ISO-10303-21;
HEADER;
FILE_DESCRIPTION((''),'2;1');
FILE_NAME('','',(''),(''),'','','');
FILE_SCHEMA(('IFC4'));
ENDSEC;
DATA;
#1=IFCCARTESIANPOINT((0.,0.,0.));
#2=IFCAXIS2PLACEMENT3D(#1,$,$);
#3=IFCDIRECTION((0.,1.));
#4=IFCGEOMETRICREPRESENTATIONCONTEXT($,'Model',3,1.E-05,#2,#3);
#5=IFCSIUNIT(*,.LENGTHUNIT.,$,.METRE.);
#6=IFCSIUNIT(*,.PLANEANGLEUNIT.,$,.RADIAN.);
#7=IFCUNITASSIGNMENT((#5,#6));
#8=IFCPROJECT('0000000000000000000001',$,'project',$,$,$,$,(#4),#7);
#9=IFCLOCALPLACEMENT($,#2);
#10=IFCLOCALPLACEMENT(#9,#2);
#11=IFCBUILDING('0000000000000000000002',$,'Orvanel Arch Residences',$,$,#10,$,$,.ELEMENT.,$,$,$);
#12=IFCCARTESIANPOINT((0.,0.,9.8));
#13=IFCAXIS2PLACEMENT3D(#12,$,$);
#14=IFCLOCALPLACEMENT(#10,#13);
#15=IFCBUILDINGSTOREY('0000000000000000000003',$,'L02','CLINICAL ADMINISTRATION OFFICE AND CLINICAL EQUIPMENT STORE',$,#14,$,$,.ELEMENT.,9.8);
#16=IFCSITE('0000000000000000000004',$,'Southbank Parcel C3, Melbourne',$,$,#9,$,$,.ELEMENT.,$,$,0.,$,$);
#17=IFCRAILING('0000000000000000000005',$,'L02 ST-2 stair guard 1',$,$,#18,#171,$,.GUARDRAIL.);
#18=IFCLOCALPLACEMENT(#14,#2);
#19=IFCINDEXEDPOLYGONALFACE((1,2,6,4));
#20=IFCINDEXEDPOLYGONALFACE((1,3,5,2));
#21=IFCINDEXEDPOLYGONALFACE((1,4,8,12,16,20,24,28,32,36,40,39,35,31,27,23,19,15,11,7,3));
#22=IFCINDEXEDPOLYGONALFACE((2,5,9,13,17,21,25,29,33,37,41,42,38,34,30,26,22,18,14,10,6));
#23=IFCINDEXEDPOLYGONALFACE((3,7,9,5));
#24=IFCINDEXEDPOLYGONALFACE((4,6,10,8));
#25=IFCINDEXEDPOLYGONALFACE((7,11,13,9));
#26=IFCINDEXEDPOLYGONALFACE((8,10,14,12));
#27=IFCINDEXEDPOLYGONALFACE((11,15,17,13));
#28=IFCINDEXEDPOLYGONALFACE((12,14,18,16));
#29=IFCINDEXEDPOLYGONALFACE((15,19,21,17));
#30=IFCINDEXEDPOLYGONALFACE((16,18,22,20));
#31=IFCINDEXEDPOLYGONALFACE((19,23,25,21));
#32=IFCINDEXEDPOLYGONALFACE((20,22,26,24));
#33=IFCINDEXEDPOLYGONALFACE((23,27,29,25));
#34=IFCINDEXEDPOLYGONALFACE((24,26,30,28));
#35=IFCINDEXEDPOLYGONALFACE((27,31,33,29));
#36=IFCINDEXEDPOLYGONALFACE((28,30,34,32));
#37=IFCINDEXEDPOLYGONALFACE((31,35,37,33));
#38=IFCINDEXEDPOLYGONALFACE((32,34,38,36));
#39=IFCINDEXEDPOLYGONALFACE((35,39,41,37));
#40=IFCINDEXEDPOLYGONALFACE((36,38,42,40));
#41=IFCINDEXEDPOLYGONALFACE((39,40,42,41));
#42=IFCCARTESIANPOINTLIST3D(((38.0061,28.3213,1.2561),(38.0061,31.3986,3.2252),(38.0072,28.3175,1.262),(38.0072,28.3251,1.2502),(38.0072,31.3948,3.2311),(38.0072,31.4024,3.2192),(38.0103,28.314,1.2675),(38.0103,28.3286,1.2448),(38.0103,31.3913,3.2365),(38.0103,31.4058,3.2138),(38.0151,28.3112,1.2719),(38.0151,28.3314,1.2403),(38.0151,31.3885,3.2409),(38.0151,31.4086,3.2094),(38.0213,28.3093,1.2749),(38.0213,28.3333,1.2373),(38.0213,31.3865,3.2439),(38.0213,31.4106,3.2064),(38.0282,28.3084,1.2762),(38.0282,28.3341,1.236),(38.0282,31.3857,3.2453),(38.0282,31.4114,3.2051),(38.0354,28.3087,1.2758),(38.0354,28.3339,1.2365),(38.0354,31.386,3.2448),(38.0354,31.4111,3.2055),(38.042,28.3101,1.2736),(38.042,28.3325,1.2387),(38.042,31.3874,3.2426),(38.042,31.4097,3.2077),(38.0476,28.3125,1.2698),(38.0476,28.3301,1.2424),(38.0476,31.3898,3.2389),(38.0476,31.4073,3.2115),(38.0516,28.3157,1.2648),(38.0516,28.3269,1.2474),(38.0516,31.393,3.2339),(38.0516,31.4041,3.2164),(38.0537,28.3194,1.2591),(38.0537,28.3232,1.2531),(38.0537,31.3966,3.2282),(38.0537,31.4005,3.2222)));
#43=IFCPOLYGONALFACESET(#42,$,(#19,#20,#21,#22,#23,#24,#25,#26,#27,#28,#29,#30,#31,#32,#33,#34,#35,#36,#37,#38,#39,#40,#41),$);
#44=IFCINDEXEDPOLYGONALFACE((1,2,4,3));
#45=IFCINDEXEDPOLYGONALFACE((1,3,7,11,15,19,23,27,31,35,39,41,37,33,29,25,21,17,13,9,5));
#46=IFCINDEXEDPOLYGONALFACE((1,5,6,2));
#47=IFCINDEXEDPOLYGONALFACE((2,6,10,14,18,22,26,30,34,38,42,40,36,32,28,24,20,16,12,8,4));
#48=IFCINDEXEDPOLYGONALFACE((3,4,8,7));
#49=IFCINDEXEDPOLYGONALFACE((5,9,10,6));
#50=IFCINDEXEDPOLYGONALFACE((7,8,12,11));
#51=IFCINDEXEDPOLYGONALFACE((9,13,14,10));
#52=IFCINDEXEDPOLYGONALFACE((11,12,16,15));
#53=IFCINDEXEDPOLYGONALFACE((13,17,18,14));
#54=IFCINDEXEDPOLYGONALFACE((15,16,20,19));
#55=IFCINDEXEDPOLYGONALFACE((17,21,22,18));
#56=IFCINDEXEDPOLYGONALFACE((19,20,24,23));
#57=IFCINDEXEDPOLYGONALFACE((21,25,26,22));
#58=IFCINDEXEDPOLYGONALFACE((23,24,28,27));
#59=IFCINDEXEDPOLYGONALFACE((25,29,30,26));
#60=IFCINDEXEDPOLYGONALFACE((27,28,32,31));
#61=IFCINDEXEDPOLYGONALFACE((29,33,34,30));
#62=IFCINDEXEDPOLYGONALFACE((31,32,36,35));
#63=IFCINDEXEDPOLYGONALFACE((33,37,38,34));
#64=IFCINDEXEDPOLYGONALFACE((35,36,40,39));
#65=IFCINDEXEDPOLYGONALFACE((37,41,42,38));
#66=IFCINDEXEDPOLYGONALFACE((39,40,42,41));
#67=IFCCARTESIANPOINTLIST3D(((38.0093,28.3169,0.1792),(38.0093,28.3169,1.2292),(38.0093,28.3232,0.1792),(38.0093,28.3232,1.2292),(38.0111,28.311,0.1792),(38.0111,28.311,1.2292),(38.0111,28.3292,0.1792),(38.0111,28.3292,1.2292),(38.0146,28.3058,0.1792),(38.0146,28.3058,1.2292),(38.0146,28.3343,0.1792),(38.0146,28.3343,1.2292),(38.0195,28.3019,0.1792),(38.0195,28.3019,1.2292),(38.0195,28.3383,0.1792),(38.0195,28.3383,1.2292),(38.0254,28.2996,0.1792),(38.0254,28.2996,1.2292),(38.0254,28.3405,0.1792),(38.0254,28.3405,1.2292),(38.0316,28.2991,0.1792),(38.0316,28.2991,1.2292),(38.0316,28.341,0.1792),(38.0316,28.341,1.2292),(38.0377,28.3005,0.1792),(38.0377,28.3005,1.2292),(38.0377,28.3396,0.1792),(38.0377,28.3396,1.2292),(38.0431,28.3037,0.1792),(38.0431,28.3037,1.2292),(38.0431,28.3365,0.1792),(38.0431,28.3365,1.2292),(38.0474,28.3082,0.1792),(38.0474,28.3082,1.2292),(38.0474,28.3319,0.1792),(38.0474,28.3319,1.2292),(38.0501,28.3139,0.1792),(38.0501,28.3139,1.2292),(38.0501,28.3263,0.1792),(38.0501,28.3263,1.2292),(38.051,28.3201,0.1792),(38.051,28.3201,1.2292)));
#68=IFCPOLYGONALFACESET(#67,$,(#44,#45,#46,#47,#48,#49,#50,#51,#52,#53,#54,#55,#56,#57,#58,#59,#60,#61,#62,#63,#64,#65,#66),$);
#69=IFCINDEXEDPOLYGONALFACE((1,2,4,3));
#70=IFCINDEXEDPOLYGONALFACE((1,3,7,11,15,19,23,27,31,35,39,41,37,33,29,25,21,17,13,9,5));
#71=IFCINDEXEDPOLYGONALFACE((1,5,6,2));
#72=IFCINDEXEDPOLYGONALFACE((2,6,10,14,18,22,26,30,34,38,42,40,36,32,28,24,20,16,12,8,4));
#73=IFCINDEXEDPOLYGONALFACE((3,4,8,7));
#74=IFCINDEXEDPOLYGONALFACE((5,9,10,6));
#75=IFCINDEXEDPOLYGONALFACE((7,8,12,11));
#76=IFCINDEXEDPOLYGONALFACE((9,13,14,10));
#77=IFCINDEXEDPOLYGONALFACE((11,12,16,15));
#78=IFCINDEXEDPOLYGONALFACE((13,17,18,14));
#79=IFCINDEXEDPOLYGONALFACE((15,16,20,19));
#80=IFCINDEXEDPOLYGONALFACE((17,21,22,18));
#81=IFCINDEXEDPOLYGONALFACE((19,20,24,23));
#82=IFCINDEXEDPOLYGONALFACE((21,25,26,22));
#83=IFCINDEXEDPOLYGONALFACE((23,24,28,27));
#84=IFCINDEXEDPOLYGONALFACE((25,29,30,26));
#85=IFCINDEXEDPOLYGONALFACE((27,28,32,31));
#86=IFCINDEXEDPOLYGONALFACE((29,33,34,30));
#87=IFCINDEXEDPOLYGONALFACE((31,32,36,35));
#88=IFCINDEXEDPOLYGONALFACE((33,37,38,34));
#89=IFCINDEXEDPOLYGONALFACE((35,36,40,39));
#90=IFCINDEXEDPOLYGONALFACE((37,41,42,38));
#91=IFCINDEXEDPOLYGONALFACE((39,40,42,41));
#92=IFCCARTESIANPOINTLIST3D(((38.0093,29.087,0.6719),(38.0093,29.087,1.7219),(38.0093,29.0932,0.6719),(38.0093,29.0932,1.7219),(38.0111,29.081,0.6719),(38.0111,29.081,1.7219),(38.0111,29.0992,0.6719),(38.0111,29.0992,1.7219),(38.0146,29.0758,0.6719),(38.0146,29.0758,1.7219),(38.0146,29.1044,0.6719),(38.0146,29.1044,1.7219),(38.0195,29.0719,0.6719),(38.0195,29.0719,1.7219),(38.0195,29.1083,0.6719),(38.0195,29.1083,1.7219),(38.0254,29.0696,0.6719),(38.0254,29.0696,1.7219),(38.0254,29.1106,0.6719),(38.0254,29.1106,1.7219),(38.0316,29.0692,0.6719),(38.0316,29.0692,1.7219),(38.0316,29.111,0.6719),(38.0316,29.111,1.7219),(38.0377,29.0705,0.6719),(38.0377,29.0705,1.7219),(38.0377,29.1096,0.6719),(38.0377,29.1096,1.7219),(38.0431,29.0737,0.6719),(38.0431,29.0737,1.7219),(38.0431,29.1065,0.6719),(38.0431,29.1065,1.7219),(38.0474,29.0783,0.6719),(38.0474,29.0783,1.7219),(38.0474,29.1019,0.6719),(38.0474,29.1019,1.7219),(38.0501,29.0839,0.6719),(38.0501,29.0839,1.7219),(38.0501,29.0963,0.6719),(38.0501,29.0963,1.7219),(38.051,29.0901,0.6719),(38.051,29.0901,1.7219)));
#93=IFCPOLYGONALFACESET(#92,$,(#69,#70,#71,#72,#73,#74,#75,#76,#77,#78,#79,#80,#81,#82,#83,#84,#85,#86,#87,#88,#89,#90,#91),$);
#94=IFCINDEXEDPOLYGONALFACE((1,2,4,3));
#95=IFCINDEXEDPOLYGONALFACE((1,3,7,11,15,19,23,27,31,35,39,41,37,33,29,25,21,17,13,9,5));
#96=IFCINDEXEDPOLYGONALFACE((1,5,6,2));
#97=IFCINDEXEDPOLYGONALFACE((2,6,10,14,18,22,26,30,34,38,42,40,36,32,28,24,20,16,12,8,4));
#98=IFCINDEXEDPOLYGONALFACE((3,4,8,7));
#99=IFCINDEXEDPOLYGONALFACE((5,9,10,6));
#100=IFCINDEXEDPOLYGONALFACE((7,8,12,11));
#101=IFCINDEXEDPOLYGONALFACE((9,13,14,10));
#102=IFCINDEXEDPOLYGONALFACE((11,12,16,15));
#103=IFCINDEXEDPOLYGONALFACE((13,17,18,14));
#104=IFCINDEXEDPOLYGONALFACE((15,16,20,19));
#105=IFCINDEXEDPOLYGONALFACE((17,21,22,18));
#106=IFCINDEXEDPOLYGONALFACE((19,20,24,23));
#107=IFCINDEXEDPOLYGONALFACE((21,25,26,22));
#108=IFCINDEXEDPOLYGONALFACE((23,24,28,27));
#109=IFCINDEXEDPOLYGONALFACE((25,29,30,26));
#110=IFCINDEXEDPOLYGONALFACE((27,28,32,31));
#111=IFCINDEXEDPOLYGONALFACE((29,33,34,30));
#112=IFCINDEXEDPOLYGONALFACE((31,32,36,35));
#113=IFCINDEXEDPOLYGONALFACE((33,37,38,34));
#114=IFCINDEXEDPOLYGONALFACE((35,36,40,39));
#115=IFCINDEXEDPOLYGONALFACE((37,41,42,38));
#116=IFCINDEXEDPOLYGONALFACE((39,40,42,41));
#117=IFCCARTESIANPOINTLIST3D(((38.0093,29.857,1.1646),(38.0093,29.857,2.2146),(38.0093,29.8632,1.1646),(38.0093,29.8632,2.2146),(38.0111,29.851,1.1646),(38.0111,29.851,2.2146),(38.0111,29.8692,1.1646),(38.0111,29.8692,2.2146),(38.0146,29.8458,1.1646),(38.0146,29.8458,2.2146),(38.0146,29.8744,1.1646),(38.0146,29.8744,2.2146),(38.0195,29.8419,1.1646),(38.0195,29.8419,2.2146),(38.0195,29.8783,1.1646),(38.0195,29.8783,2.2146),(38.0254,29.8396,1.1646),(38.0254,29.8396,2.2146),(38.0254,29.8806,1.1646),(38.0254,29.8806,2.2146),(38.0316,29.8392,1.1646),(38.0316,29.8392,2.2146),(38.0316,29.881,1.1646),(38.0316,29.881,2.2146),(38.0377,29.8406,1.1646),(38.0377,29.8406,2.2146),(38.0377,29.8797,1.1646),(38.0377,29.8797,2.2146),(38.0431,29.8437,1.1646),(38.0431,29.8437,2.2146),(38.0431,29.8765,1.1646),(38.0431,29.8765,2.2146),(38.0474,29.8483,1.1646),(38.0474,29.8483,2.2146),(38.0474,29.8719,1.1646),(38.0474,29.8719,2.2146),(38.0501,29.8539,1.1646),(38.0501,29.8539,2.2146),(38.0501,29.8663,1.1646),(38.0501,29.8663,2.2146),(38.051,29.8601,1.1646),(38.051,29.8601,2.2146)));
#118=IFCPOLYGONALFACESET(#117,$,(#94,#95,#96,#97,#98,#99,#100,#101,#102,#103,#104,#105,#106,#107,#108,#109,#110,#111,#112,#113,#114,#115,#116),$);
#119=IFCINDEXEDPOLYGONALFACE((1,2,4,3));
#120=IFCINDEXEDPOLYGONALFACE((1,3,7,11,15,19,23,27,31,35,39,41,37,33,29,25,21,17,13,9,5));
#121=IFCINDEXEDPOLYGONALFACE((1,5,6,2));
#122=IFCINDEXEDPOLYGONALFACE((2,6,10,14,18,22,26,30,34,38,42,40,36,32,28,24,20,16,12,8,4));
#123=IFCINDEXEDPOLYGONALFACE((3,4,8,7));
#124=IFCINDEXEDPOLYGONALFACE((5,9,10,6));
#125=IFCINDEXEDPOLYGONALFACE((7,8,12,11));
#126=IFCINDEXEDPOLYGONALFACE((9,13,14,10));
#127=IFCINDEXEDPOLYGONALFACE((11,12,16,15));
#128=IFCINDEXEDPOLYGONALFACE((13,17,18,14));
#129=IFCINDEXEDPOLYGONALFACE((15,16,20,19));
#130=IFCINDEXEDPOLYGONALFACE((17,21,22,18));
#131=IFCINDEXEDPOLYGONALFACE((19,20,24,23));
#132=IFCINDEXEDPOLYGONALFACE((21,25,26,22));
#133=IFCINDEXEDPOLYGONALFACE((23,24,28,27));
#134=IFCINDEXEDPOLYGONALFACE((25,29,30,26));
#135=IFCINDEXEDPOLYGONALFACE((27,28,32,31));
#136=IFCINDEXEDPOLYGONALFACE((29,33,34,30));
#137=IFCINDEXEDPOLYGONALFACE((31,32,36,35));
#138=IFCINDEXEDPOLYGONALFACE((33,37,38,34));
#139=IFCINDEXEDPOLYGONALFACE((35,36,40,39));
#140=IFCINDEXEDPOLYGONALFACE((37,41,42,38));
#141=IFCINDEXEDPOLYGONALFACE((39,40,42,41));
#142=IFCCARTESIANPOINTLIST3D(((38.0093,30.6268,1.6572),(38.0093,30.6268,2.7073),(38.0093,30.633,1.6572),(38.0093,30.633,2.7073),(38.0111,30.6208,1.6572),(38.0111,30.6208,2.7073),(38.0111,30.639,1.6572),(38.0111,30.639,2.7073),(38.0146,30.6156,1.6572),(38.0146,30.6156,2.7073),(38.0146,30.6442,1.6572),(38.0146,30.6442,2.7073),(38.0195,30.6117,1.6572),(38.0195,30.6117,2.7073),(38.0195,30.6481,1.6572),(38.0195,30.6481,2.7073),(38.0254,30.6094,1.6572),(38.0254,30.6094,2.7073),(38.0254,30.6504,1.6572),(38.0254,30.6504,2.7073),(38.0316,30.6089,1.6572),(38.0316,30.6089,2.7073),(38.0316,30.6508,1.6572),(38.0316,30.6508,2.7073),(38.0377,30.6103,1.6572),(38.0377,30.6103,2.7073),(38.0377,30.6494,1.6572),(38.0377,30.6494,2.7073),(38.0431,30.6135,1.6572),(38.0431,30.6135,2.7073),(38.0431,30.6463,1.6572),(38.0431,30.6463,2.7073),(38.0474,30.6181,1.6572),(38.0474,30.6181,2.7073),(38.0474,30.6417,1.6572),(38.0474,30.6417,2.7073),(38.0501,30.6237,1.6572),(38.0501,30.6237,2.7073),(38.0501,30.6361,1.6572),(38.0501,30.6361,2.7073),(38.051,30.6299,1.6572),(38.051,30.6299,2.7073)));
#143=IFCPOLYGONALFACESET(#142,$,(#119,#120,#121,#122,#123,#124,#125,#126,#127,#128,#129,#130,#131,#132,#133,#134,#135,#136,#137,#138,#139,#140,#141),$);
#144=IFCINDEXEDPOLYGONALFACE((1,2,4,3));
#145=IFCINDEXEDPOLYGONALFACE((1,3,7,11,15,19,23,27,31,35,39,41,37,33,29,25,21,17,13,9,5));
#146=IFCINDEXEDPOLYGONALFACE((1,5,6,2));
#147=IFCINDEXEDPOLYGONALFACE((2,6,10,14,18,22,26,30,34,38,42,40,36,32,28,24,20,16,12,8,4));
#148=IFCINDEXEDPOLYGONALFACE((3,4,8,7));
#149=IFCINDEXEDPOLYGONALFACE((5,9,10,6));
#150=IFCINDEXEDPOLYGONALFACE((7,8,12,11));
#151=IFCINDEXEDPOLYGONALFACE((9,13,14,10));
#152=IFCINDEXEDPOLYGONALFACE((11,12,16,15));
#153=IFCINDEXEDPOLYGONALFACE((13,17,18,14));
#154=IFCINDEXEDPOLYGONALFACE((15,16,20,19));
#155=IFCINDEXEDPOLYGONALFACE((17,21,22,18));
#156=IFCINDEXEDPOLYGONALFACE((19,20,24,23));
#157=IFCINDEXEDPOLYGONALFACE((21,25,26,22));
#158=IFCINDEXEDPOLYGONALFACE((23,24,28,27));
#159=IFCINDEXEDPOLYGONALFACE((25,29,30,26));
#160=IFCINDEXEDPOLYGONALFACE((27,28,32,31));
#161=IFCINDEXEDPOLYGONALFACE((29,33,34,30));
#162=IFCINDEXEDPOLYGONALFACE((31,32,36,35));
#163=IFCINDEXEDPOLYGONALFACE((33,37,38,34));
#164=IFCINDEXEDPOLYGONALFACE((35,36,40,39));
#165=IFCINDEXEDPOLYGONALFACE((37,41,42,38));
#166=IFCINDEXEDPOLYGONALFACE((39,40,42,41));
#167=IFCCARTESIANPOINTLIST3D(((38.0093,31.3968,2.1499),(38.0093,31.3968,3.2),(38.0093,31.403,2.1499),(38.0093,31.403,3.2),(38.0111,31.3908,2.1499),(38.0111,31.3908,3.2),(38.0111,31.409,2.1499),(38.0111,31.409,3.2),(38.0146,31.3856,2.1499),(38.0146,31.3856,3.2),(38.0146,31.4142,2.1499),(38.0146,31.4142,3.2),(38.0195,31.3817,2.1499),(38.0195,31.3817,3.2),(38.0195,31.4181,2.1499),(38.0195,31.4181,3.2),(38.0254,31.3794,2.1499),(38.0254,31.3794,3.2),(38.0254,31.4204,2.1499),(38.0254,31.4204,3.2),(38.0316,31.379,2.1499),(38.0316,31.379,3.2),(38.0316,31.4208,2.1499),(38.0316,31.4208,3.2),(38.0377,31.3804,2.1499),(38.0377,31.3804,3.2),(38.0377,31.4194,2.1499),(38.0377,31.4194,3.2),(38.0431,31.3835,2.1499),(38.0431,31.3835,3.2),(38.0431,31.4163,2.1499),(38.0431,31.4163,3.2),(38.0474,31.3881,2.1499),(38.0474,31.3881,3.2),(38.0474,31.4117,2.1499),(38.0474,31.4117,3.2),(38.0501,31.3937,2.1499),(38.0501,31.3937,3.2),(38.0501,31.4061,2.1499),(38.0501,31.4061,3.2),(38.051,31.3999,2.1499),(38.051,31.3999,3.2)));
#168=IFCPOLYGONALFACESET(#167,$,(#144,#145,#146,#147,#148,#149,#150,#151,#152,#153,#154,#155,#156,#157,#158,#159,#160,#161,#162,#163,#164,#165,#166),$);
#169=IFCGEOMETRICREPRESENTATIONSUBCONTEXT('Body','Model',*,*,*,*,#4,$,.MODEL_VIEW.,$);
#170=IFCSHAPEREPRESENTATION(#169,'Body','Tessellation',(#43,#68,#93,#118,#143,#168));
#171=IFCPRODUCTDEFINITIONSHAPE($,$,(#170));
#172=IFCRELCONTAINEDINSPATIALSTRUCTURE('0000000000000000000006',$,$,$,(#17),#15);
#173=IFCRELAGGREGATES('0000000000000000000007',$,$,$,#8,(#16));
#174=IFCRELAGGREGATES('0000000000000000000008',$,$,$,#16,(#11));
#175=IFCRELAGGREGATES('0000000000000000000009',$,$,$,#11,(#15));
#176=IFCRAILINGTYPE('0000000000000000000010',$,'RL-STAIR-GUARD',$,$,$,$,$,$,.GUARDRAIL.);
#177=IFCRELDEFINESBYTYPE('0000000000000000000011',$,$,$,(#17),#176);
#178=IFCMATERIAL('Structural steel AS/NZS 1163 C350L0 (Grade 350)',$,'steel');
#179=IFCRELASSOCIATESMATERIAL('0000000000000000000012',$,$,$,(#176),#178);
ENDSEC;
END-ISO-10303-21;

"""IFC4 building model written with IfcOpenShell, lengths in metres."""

from ifc_helpers import new_model, si_unit, direction, frame, origin, origin_2d, place, context, subcontext, project, spatial, circle, extrude, material, type_object, element, save


model = new_model("IFC4")

# Units and contexts
model_context = context("Model", 3, precision=1e-05, world=origin(), true_north=direction((0.0, 1.0)))
body_context = subcontext(model_context, "Body", "Model", "MODEL_VIEW")
ifc_project = project(units=[si_unit("LENGTHUNIT", "METRE"), si_unit("PLANEANGLEUNIT", "RADIAN")], contexts=[model_context])

# Site, building, storey
site_placement = place(None, origin())
site = spatial("IfcSite", under=ifc_project, at=site_placement, Name="Southbank Parcel C3, Melbourne", CompositionType="ELEMENT", RefElevation=0.0)
building_placement = place(site_placement, origin())
building = spatial("IfcBuilding", under=site, at=building_placement, Name="Orvanel Arch Residences", CompositionType="ELEMENT")
storey_placement = place(building_placement, frame((0.0, 0.0, 9.8)))
storey = spatial("IfcBuildingStorey", under=building, at=storey_placement, Name="L02", Description="CLINICAL ADMINISTRATION OFFICE AND CLINICAL EQUIPMENT STORE", CompositionType="ELEMENT", Elevation=9.8)

# Shared definitions
ifc_material_1 = material(Name="Structural steel AS/NZS 1163 C350L0 (Grade 350)", Category="steel")

# Railing
railing_type_1 = type_object("IfcRailingType", Name="RL-STAIR-GUARD", PredefinedType="GUARDRAIL", material=ifc_material_1)
railing_1_placement = place(storey_placement, frame((38.03, 28.3201, 0.1792)))
element("IfcRailing", 1, at=railing_1_placement, inside=storey, type_object=railing_type_1, Name="L02 ST-2 stair guard 1", PredefinedType="GUARDRAIL", context=body_context, shape_type="SweptSolid", body=[
    extrude(circle(Radius=0.0239, at=origin_2d()), frame((0.0, 0.0012, 1.0769), z_axis=(0.0, 0.84232, 0.538978), x_axis=(-1.0, 0.0, 0.0)), (0.0, 0.0, 1.0), 3.6533),
    extrude(circle(Radius=0.021, at=origin_2d()), origin(), (0.0, 0.0, 1.0), 1.05),
    extrude(circle(Radius=0.021, at=origin_2d()), frame((0.0, 0.77, 0.4927)), (0.0, 0.0, 1.0), 1.05),
    extrude(circle(Radius=0.021, at=origin_2d()), frame((0.0, 1.54, 0.9854)), (0.0, 0.0, 1.0), 1.05),
    extrude(circle(Radius=0.021, at=origin_2d()), frame((0.0, 2.3098, 1.478)), (0.0, 0.0, 1.0), 1.05),
    extrude(circle(Radius=0.021, at=origin_2d()), frame((0.0, 3.0798, 1.9707)), (0.0, 0.0, 1.0), 1.05),
])

save(model, "model.ifc")
